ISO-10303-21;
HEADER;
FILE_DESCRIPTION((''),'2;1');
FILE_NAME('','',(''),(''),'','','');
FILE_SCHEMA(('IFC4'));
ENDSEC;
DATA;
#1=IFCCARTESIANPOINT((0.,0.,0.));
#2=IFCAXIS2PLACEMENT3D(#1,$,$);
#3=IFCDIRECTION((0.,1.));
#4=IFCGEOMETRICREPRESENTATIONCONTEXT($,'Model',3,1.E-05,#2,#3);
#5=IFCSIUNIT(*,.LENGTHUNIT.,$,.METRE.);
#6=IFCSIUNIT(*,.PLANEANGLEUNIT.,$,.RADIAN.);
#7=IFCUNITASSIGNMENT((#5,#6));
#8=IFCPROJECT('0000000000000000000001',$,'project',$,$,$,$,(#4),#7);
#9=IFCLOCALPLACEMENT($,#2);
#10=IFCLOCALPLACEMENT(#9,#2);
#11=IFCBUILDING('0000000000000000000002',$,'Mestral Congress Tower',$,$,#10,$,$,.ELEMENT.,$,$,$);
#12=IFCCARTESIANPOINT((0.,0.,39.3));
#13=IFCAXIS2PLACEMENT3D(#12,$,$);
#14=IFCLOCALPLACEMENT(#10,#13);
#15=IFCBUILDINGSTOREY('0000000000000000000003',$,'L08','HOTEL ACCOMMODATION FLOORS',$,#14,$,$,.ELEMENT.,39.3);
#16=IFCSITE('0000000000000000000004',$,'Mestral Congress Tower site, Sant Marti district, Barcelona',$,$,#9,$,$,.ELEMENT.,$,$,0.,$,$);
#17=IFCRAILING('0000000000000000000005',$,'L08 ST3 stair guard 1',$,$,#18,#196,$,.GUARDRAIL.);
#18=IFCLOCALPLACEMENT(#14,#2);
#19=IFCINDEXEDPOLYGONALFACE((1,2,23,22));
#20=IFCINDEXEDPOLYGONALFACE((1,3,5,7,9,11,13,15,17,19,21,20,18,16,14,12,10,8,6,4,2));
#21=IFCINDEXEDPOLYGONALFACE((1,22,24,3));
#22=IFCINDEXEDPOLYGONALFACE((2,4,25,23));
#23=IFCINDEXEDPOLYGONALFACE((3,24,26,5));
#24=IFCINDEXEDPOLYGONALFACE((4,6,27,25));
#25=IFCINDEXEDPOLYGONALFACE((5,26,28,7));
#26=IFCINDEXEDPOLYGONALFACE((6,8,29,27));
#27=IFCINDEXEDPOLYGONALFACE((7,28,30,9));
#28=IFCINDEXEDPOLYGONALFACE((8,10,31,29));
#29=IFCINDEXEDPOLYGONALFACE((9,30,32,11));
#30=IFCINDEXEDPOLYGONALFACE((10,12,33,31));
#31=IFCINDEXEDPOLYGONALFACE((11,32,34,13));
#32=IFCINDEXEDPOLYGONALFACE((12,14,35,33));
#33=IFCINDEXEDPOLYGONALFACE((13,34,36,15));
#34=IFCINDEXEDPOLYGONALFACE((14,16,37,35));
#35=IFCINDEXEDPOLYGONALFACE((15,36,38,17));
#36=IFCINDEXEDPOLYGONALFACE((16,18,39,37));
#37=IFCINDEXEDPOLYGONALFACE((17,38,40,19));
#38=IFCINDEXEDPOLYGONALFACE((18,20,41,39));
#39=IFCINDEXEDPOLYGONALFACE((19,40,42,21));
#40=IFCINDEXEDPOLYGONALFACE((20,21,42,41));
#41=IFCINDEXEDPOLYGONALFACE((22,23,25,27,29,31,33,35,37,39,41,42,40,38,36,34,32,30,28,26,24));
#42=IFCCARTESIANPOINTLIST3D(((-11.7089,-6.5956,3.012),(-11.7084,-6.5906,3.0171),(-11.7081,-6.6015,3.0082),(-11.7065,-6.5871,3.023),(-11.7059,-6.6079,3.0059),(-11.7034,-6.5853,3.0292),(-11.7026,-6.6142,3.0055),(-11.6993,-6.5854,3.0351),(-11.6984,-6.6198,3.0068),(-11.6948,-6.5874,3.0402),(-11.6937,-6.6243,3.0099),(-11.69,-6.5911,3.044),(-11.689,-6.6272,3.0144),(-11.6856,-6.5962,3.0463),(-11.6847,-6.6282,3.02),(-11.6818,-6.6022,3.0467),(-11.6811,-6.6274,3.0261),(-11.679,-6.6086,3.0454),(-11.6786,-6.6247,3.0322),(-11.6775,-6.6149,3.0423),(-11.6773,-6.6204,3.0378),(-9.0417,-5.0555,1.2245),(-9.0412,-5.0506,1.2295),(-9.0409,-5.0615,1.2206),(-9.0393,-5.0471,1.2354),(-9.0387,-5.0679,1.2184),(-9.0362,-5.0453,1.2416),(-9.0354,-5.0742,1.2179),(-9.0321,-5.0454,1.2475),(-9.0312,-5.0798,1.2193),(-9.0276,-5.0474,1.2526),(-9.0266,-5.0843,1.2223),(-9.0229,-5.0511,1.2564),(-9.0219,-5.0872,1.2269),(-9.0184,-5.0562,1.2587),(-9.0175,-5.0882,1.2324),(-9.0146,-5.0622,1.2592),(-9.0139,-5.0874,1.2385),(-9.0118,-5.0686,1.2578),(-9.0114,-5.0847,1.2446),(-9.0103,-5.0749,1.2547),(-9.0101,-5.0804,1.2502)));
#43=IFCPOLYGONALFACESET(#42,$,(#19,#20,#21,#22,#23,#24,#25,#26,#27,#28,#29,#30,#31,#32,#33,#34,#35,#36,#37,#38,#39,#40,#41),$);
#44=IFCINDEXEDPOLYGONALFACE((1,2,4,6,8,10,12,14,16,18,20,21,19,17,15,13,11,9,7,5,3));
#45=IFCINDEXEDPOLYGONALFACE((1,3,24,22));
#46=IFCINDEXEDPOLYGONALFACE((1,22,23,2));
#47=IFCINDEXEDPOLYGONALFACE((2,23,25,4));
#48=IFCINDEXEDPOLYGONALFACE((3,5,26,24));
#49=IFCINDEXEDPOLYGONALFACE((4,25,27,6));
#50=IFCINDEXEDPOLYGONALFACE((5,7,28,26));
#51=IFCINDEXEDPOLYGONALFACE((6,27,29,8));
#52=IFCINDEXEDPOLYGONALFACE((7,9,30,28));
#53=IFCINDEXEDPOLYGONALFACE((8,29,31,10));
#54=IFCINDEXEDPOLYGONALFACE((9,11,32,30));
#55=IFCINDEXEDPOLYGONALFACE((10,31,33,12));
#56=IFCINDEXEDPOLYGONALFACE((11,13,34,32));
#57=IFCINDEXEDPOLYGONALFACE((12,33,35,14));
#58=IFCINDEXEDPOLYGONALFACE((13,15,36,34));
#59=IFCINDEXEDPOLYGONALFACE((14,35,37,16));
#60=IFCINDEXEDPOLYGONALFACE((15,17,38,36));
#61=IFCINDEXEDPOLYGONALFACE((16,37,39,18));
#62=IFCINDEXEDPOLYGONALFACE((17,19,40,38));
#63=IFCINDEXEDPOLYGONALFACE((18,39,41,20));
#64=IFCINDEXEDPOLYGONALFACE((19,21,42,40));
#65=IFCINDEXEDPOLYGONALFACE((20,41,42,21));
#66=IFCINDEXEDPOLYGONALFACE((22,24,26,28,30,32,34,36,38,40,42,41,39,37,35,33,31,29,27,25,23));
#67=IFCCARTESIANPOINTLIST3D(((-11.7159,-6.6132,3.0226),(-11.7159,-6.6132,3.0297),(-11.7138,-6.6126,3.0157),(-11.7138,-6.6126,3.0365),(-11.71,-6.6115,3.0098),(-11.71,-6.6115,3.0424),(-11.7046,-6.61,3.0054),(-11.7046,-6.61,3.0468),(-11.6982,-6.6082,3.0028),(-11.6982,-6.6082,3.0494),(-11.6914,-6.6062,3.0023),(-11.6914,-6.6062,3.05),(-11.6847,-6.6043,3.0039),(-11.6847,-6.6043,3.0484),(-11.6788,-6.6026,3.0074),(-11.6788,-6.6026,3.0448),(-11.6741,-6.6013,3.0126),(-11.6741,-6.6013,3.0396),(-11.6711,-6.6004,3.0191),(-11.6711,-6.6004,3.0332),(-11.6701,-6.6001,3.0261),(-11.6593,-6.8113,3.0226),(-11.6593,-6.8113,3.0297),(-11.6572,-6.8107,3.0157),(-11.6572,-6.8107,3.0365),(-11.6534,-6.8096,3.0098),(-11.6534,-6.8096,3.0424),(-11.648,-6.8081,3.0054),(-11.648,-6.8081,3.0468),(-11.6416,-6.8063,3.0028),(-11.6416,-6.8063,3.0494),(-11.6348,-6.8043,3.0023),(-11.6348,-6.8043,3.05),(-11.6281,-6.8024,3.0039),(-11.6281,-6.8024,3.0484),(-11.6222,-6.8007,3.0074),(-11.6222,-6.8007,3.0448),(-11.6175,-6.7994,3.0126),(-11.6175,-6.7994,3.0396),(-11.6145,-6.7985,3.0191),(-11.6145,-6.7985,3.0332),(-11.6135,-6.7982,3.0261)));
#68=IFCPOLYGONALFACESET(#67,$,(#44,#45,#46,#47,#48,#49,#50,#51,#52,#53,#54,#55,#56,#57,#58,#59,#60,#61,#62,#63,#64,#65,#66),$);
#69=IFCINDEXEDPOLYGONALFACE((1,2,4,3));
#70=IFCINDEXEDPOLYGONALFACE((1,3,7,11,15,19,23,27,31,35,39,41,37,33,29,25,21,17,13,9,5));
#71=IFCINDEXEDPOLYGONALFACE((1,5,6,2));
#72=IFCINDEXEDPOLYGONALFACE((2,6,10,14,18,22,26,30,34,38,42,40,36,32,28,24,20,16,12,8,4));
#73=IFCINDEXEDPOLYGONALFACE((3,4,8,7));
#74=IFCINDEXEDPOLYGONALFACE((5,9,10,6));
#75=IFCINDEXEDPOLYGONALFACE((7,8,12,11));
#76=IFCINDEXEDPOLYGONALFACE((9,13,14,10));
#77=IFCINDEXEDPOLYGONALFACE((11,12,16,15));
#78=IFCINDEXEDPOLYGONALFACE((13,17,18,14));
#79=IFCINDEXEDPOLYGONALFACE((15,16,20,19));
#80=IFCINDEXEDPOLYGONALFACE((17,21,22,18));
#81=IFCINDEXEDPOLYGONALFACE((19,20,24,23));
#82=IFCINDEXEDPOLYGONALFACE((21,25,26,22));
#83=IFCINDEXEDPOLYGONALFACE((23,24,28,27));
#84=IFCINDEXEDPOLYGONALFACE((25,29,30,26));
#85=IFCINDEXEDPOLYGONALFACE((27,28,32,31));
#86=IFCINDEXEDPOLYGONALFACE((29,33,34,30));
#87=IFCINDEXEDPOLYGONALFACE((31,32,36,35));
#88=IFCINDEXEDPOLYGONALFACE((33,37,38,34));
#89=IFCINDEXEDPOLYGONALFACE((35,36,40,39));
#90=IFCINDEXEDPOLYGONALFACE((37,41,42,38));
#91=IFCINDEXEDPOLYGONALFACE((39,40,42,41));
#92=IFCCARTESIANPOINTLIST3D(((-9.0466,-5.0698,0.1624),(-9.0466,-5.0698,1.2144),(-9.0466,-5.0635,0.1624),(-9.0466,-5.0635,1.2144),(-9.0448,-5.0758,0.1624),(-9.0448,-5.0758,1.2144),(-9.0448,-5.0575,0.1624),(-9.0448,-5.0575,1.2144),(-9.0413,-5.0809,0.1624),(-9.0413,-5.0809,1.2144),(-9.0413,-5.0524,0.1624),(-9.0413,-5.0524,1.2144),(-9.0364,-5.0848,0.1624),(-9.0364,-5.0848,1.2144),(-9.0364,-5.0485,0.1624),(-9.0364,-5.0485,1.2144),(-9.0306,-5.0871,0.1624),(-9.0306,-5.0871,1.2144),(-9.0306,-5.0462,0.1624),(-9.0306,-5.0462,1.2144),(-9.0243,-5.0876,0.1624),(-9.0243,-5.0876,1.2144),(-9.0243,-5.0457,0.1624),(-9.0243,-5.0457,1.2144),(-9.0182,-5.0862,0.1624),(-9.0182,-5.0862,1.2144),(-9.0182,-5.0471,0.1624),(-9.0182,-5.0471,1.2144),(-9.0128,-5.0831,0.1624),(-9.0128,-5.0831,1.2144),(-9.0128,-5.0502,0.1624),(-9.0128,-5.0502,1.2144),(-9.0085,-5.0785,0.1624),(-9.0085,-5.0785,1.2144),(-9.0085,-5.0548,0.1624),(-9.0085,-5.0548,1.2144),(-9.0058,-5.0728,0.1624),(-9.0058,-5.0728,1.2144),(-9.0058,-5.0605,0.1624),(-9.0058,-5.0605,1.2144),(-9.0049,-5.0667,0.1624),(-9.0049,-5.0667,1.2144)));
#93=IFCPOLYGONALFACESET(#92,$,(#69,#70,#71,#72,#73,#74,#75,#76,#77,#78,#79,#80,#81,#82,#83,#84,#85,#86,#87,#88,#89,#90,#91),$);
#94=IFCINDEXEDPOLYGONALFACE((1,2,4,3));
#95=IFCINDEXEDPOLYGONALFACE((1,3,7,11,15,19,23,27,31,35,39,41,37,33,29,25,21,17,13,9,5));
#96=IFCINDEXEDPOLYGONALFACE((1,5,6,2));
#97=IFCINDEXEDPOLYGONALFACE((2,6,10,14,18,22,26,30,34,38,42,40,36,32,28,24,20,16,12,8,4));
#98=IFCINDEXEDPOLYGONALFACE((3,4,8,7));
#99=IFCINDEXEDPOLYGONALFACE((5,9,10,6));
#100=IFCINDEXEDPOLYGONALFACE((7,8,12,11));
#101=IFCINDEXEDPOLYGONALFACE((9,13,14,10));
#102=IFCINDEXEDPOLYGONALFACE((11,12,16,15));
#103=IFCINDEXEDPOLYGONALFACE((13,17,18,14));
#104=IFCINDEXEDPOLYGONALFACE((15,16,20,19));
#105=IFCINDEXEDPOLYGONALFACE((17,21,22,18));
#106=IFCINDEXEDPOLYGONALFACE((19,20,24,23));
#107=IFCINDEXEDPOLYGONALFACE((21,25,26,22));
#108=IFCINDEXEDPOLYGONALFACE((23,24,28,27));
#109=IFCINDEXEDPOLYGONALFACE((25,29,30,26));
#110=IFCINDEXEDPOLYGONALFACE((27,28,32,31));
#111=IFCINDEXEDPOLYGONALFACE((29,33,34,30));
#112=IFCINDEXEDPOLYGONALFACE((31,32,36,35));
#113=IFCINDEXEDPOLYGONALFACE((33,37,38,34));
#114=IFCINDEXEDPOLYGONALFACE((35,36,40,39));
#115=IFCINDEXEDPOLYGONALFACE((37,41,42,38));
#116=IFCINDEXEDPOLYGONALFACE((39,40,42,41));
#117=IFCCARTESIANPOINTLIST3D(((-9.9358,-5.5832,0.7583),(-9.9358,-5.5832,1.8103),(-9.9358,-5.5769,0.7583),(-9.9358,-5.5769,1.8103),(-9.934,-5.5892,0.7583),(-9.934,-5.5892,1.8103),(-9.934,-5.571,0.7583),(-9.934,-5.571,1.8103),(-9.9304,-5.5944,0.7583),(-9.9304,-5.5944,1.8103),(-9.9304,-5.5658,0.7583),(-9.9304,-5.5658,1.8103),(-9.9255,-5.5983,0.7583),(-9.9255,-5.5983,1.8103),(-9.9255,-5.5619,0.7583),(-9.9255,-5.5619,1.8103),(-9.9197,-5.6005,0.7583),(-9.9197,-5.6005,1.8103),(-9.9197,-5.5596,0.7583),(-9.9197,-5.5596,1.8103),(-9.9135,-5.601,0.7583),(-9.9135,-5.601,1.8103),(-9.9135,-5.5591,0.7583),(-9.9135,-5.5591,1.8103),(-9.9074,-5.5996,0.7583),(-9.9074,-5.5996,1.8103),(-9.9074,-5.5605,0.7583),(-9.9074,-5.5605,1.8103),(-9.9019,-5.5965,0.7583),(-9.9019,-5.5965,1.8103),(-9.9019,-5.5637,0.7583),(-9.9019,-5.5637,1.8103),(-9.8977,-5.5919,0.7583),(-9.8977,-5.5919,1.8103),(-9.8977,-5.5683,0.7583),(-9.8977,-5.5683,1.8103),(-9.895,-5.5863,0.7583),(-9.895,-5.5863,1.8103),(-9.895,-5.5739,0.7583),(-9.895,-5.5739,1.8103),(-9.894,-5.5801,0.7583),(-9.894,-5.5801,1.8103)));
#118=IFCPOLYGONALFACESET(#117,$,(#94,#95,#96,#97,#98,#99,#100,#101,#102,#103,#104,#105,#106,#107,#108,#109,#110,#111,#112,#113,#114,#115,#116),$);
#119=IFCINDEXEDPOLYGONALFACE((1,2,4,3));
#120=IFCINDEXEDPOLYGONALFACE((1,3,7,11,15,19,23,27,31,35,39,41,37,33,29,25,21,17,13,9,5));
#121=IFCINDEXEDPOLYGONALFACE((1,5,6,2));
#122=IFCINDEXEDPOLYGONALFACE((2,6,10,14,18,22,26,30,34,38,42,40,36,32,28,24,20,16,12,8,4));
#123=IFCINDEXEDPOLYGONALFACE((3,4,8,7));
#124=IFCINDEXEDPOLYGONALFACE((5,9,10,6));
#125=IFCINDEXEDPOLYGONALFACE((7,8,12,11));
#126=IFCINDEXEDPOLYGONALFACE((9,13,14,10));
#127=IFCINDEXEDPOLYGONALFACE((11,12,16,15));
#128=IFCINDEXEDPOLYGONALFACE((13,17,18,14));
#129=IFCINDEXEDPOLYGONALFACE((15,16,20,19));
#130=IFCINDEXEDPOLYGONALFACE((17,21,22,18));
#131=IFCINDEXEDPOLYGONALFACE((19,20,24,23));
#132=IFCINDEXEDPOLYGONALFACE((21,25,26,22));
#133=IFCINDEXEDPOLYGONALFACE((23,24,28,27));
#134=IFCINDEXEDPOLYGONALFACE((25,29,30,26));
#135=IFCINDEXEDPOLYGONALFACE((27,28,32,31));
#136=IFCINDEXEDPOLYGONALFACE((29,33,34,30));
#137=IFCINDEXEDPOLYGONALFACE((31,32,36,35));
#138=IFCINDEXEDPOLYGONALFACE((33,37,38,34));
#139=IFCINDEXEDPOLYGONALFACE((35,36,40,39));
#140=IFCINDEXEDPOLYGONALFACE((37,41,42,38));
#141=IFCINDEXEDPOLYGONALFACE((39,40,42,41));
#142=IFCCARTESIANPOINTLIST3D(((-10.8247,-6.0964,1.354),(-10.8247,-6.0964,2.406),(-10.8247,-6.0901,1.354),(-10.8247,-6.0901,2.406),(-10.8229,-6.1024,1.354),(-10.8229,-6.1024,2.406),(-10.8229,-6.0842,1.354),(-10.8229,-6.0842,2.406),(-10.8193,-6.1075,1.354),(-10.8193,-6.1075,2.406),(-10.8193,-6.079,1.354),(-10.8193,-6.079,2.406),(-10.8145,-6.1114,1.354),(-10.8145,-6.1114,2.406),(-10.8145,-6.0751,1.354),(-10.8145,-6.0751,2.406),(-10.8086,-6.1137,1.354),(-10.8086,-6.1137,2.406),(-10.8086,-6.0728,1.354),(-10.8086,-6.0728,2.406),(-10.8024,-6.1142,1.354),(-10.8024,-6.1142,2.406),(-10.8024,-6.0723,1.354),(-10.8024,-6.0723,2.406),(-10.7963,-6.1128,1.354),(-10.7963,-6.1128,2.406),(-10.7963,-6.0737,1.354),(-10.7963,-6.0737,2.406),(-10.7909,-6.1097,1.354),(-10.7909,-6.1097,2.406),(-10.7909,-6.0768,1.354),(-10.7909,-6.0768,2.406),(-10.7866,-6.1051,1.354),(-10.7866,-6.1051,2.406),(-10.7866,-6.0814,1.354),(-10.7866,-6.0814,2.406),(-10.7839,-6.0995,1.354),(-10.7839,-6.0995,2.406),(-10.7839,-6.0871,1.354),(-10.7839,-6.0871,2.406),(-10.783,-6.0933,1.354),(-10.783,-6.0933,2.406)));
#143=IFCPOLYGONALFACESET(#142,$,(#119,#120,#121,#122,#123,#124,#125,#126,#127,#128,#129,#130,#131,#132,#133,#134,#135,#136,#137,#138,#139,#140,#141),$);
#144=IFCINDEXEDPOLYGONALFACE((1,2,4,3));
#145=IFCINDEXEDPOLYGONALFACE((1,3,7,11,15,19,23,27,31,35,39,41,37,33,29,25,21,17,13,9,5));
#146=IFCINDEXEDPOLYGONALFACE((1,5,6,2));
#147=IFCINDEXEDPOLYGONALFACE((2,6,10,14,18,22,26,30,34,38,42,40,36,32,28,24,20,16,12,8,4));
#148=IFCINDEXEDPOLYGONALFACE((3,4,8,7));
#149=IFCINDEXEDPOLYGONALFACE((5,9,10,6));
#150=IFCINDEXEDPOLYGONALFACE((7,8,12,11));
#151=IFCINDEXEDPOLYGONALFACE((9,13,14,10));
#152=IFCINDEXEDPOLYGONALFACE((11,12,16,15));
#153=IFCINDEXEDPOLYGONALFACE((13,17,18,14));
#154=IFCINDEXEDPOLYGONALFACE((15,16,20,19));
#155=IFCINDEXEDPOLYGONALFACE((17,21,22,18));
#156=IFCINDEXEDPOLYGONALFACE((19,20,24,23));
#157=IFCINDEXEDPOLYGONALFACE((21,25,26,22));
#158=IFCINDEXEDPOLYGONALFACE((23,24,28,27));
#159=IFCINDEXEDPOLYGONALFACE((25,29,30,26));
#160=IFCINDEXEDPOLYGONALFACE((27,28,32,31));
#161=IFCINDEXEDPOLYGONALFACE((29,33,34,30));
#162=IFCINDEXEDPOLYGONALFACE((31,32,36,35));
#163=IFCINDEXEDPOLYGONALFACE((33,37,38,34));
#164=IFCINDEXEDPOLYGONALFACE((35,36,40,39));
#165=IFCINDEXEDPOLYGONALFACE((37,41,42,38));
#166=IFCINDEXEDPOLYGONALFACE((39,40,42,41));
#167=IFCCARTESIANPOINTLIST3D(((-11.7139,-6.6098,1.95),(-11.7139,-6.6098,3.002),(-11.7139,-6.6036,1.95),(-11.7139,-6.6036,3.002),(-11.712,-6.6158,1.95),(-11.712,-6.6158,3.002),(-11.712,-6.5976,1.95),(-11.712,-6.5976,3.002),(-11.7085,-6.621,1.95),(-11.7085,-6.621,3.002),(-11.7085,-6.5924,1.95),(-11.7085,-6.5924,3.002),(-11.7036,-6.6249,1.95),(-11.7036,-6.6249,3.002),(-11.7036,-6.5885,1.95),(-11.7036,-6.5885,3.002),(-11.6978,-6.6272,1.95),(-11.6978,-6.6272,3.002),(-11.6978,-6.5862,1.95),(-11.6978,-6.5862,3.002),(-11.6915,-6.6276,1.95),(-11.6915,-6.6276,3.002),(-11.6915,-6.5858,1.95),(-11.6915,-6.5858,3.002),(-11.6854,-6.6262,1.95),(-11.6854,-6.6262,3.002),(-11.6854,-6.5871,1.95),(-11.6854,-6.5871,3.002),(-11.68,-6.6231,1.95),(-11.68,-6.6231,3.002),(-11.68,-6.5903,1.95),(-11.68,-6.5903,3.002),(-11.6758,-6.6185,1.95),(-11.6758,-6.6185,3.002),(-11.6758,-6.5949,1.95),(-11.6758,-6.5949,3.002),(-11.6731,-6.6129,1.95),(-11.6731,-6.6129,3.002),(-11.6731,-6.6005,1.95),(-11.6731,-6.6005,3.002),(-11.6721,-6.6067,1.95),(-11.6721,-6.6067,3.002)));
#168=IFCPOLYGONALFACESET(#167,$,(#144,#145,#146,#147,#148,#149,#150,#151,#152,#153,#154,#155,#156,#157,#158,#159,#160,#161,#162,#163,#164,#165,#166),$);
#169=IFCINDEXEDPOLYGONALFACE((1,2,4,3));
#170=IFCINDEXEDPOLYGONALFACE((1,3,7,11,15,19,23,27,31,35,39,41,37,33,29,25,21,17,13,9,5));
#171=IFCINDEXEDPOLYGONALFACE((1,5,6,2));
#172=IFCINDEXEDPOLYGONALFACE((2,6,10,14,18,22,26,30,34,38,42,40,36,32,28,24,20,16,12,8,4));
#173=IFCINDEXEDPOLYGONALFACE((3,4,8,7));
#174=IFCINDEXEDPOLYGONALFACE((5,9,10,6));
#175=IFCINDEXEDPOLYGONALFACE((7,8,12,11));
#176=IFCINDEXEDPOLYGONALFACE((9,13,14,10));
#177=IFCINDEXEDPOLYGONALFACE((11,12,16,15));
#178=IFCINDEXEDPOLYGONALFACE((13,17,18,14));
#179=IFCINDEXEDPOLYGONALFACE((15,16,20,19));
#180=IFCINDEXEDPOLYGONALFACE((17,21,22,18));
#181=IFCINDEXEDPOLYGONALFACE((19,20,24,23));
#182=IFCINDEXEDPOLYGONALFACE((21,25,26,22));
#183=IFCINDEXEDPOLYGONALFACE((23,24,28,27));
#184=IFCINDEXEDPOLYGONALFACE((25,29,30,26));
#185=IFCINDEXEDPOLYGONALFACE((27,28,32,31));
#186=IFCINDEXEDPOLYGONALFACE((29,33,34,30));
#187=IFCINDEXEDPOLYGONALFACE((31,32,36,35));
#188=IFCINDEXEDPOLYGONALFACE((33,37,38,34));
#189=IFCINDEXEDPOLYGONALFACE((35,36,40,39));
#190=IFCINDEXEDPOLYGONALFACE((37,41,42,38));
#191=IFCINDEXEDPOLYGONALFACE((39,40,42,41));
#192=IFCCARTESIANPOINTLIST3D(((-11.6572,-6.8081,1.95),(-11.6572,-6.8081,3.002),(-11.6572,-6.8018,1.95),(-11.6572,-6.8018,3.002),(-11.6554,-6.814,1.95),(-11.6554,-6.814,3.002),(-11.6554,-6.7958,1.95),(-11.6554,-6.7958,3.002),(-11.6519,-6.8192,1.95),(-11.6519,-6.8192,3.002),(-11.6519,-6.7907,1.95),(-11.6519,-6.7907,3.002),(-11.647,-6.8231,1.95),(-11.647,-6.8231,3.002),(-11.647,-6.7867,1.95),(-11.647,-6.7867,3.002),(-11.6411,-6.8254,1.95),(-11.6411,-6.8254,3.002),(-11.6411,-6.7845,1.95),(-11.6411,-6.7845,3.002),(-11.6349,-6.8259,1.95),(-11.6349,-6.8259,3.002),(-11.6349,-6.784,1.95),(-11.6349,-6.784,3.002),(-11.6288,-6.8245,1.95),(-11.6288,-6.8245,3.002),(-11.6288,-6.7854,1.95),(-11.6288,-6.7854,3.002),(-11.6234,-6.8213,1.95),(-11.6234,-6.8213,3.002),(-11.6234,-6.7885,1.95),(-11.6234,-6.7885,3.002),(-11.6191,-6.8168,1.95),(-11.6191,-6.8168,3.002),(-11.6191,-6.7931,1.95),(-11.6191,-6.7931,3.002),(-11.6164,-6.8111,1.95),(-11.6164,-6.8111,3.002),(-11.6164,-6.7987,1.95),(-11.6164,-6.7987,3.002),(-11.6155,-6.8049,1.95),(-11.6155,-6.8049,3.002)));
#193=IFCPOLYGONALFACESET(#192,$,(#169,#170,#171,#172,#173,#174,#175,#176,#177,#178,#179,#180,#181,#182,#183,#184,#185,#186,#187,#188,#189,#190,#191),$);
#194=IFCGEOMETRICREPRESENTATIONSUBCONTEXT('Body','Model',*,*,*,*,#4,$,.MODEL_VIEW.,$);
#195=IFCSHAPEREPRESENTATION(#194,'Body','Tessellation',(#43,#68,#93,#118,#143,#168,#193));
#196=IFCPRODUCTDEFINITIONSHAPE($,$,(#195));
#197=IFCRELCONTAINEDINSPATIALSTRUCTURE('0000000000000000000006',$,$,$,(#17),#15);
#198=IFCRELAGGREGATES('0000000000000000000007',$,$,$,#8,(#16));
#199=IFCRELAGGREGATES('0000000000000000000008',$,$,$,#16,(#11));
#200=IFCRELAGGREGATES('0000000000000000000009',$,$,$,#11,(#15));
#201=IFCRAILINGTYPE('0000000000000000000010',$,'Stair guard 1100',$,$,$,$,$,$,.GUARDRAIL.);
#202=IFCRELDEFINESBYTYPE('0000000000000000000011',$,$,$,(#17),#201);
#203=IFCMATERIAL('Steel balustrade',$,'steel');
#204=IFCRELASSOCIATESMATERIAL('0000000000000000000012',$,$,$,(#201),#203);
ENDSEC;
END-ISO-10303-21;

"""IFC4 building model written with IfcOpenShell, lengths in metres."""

from ifc_helpers import new_model, si_unit, direction, frame, origin, origin_2d, place, context, subcontext, project, spatial, circle, extrude, material, type_object, element, save


model = new_model("IFC4")

# Units and contexts
model_context = context("Model", 3, precision=1e-05, world=origin(), true_north=direction((0.0, 1.0)))
body_context = subcontext(model_context, "Body", "Model", "MODEL_VIEW")
ifc_project = project(units=[si_unit("LENGTHUNIT", "METRE"), si_unit("PLANEANGLEUNIT", "RADIAN")], contexts=[model_context])

# Site, building, storey
site_placement = place(None, origin())
site = spatial("IfcSite", under=ifc_project, at=site_placement, Name="Mestral Congress Tower site, Sant Marti district, Barcelona", CompositionType="ELEMENT", RefElevation=0.0)
building_placement = place(site_placement, origin())
building = spatial("IfcBuilding", under=site, at=building_placement, Name="Mestral Congress Tower", CompositionType="ELEMENT")
storey_placement = place(building_placement, frame((0.0, 0.0, 39.3)))
storey = spatial("IfcBuildingStorey", under=building, at=storey_placement, Name="L08", Description="HOTEL ACCOMMODATION FLOORS", CompositionType="ELEMENT", Elevation=39.3)

# Railing
ifc_material_1 = material(Name="Steel balustrade", Category="steel")
railing_type_1 = type_object("IfcRailingType", Name="Stair guard 1100", PredefinedType="GUARDRAIL", material=ifc_material_1)
railing_1_placement = place(storey_placement, frame((-9.0259, -5.0667, 0.1624)))
element("IfcRailing", 1, at=railing_1_placement, inside=storey, type_object=railing_type_1, Name="L08 ST3 stair guard 1", PredefinedType="GUARDRAIL", context=body_context, shape_type="SweptSolid", body=[
    extrude(circle(Radius=0.0239, at=origin_2d()), frame((0.0, 0.0, 1.0762), z_axis=(-0.748994, -0.432463, 0.50198), x_axis=(0.500027, -0.86601, 0.0)), (0.0, 0.0, 1.0), 3.561),
    extrude(circle(Radius=0.0239, at=origin_2d()), frame((-2.6672, -1.54, 2.8638), z_axis=(0.274721, -0.961524, 0.0), x_axis=(0.961524, 0.274721, 0.0)), (0.0, 0.0, 1.0), 0.2061),
    extrude(circle(Radius=0.021, at=origin_2d()), origin(), (0.0, 0.0, 1.0), 1.052),
    extrude(circle(Radius=0.021, at=origin_2d()), frame((-0.8892, -0.5134, 0.5959)), (0.0, 0.0, 1.0), 1.052),
    extrude(circle(Radius=0.021, at=origin_2d()), frame((-1.7781, -1.0266, 1.1917)), (0.0, 0.0, 1.0), 1.052),
    extrude(circle(Radius=0.021, at=origin_2d()), frame((-2.6672, -1.54, 1.7876)), (0.0, 0.0, 1.0), 1.052),
    extrude(circle(Radius=0.021, at=origin_2d()), frame((-2.6106, -1.7383, 1.7876)), (0.0, 0.0, 1.0), 1.052),
])

save(model, "model.ifc")
